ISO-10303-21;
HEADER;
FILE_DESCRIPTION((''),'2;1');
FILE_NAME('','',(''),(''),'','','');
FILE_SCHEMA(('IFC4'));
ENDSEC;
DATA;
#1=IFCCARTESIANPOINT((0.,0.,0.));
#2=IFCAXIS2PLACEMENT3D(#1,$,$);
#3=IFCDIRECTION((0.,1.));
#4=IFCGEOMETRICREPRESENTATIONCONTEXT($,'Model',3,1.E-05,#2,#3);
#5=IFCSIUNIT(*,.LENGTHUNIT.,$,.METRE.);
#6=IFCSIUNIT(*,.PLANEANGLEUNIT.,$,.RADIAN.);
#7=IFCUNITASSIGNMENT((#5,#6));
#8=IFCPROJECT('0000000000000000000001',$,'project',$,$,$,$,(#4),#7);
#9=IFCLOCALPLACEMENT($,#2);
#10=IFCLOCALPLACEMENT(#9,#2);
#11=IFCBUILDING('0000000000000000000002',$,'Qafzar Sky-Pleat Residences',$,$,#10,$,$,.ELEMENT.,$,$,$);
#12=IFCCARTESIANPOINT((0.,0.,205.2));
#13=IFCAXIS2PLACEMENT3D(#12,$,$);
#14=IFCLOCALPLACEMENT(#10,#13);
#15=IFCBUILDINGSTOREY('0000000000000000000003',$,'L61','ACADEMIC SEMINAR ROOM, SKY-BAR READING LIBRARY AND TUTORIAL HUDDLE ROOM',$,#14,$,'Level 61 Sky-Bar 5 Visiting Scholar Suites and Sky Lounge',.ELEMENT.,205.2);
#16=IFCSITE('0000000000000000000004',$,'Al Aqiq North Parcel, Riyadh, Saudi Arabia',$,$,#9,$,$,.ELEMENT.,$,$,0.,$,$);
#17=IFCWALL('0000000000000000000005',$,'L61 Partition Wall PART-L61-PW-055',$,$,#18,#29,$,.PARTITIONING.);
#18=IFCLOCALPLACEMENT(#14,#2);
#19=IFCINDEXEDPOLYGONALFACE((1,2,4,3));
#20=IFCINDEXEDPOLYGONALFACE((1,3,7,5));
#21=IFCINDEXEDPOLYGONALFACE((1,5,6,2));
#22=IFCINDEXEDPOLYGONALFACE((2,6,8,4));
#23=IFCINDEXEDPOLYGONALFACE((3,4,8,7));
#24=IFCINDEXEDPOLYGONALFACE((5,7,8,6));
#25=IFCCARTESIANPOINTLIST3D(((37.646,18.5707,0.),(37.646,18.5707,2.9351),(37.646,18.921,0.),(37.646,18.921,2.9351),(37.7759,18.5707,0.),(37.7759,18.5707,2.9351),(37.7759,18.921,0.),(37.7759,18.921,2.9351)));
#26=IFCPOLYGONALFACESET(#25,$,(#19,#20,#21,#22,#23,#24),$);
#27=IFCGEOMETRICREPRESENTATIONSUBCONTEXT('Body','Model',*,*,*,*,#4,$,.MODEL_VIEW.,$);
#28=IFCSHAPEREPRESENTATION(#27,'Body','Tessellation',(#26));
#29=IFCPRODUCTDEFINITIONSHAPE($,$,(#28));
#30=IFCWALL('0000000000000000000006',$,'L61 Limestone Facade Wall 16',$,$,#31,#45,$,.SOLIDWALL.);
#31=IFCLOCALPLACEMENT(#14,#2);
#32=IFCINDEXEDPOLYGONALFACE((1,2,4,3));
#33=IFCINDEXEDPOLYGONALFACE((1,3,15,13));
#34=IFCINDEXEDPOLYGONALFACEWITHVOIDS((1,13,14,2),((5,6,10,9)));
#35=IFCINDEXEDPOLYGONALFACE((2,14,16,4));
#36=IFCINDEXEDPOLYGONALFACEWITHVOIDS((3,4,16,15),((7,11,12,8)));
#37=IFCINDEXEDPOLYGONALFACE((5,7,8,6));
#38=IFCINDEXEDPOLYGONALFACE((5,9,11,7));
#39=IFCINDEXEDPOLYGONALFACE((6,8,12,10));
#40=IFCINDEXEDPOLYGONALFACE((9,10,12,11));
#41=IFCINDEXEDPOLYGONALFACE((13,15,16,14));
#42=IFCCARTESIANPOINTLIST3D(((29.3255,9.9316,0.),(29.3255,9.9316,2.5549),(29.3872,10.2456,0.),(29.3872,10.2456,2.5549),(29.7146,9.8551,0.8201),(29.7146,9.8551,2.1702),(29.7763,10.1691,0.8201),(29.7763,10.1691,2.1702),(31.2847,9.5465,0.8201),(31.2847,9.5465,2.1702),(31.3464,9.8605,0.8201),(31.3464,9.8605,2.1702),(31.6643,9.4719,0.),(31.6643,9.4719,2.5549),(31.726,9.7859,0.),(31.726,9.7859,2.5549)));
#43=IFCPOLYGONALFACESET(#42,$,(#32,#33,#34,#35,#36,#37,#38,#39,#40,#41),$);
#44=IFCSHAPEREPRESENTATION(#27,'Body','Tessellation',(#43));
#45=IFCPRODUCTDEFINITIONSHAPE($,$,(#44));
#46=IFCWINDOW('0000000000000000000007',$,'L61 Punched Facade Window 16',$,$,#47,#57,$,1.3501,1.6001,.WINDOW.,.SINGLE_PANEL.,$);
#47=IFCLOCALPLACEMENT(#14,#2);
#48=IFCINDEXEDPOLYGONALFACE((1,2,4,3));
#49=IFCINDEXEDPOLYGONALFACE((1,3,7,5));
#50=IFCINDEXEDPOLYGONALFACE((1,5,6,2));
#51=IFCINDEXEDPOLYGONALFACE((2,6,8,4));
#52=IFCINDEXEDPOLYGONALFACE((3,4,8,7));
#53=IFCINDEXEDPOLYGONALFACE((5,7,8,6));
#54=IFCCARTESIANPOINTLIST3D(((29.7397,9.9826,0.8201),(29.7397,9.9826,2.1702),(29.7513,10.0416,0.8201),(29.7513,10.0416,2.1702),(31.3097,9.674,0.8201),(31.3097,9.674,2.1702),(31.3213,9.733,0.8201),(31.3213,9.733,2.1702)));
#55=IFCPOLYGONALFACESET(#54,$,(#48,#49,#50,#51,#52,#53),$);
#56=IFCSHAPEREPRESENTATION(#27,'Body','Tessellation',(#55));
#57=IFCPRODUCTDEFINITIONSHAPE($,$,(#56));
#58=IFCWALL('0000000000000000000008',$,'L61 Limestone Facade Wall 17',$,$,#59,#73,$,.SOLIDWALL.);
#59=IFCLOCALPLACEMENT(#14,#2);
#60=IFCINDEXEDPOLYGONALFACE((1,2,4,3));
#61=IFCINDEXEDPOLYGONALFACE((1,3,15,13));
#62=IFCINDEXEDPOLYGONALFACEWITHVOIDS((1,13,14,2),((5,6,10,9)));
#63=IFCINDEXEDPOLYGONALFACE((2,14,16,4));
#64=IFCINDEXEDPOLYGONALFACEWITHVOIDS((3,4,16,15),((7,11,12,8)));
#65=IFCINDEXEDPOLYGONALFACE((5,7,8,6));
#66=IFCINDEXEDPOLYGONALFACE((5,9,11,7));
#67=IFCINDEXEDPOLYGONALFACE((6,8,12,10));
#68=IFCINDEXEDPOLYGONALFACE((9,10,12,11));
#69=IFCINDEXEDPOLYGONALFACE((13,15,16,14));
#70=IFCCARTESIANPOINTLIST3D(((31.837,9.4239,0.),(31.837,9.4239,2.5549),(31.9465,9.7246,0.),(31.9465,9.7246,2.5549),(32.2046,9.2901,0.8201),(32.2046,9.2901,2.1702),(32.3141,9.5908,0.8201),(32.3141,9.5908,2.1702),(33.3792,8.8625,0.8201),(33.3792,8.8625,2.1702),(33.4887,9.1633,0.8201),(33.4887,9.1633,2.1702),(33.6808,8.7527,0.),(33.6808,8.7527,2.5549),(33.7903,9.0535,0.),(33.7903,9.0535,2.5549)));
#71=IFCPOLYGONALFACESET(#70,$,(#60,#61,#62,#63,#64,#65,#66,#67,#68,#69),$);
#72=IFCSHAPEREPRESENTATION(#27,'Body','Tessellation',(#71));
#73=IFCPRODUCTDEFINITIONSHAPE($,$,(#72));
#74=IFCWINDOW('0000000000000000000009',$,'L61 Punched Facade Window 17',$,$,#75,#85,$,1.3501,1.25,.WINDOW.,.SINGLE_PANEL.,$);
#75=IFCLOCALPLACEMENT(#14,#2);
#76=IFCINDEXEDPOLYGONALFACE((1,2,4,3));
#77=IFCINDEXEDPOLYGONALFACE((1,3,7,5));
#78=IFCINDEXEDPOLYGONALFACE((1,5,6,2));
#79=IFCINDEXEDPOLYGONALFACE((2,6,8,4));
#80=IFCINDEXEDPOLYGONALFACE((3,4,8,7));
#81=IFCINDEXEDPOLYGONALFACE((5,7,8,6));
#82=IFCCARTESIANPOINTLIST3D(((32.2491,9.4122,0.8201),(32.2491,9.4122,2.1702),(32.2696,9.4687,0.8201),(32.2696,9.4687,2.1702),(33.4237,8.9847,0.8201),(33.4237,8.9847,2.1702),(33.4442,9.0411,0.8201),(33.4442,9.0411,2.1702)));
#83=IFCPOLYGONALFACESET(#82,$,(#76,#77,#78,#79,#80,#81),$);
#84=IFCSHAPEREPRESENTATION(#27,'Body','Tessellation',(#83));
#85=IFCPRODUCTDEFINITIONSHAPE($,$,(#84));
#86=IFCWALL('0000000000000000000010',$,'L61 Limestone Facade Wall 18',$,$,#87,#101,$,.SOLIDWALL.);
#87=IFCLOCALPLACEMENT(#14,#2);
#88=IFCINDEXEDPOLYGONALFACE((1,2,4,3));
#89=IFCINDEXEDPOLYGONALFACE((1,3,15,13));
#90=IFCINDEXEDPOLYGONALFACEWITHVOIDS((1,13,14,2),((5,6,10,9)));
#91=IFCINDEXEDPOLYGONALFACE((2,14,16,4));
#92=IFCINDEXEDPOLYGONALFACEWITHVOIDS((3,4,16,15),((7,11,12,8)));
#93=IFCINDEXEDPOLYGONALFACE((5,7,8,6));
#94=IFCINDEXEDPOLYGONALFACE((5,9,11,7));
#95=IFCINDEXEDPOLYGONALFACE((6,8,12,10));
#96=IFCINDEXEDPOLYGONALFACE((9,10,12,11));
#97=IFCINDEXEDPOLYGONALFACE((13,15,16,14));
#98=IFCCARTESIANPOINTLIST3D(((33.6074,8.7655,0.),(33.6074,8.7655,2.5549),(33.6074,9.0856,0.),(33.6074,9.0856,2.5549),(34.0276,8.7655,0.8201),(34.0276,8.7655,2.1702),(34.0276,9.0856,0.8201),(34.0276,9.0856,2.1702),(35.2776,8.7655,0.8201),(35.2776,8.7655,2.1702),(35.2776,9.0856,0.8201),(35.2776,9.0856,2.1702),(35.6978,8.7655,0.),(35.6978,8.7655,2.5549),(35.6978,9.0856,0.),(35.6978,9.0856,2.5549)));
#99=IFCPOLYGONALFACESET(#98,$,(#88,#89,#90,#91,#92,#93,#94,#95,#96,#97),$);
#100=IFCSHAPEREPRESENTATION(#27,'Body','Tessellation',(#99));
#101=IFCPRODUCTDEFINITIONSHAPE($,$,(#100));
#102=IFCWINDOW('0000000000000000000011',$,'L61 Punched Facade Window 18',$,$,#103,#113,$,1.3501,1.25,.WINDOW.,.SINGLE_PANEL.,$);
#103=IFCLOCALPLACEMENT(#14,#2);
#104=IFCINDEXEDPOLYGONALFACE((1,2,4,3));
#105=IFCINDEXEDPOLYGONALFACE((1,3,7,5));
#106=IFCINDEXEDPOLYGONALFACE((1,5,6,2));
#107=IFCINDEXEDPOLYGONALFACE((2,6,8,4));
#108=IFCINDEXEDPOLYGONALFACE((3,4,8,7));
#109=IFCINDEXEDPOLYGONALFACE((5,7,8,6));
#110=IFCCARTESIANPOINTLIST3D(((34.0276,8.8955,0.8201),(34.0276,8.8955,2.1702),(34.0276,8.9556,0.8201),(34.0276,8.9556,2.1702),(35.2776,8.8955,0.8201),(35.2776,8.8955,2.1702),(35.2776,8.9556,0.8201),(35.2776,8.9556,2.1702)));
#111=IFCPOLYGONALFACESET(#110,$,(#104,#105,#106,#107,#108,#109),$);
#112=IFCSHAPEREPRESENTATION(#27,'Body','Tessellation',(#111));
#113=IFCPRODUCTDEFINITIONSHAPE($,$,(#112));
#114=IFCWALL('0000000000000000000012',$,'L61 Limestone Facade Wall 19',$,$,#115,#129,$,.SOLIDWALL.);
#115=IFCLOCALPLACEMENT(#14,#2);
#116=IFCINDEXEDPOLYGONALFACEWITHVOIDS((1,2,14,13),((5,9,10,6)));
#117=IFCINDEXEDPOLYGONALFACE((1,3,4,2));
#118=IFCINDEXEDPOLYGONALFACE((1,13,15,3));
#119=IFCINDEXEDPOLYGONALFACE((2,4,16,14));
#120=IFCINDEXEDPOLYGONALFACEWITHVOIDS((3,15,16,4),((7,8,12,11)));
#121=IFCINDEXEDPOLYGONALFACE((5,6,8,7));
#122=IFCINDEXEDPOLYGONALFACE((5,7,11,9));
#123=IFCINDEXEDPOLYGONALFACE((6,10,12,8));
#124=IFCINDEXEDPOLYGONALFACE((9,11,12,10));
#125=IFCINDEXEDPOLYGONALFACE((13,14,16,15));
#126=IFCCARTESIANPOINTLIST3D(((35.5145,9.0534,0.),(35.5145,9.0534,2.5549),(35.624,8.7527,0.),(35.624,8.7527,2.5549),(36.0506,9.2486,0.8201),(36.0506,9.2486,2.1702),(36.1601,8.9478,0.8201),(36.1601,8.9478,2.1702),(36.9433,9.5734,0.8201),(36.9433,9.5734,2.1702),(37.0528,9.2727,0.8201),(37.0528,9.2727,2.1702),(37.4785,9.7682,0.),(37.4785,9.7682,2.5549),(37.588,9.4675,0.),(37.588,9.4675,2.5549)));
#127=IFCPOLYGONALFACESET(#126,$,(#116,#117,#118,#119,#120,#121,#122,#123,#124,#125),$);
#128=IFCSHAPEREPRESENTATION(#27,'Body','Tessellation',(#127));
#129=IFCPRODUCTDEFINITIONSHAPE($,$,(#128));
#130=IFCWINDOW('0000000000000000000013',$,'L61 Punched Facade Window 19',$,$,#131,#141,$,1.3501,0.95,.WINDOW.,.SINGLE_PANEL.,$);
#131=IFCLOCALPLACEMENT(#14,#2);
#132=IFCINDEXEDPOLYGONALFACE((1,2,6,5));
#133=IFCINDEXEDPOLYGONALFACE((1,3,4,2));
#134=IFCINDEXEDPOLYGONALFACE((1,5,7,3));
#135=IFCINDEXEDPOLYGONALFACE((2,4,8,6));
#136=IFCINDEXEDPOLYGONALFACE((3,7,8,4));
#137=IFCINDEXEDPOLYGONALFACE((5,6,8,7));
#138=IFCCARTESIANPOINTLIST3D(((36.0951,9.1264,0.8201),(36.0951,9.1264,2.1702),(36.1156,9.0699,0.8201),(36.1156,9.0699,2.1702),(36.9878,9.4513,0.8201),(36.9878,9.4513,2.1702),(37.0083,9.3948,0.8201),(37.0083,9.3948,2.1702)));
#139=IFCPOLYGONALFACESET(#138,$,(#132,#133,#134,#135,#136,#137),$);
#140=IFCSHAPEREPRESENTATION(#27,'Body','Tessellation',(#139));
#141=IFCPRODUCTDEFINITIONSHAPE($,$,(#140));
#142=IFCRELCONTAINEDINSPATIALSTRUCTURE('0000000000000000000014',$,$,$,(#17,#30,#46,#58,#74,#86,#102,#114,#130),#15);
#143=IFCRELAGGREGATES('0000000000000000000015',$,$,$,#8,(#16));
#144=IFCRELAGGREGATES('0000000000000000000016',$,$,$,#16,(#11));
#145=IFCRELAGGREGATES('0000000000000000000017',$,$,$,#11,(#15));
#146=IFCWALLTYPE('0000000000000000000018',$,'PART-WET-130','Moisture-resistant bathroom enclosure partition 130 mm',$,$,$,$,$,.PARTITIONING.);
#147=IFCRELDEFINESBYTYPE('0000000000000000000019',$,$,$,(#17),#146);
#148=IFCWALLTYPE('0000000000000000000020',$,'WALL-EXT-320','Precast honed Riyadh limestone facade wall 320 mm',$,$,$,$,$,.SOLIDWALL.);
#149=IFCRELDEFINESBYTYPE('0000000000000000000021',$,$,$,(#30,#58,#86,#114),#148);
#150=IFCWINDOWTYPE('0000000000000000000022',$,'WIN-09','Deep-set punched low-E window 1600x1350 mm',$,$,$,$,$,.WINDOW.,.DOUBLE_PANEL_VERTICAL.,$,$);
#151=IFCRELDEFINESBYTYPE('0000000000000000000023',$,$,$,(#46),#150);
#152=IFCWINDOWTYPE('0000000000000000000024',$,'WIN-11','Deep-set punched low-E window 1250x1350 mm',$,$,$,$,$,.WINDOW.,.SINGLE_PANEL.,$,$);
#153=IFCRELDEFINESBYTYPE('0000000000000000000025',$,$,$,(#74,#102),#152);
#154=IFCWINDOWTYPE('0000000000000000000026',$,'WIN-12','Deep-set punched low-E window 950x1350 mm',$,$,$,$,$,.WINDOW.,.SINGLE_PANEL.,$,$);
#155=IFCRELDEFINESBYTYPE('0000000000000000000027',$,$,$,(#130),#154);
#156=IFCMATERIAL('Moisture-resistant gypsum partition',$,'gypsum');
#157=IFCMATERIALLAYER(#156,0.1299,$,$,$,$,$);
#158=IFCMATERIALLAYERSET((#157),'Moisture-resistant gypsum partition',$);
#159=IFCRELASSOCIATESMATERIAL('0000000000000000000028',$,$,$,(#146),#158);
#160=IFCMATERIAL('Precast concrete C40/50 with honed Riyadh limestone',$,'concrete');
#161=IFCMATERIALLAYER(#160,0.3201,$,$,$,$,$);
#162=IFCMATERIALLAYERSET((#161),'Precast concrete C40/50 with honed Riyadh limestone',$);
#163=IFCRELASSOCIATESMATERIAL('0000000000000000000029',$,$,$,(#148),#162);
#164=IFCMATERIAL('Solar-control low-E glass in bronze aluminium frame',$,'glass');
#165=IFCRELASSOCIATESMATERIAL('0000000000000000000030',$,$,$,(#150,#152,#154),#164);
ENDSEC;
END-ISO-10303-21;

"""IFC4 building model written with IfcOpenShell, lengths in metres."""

from ifc_helpers import new_model, si_unit, direction, frame, frame_2d, origin, place, context, subcontext, project, spatial, rectangle, extrude, source, transform, mapped, material, layer, layer_set, type_object, element, fill, save


model = new_model("IFC4")

# Units and contexts
model_context = context("Model", 3, precision=1e-05, world=origin(), true_north=direction((0.0, 1.0)))
body_context = subcontext(model_context, "Body", "Model", "MODEL_VIEW")
ifc_project = project(units=[si_unit("LENGTHUNIT", "METRE"), si_unit("PLANEANGLEUNIT", "RADIAN")], contexts=[model_context])

# Site, building, storey
site_placement = place(None, origin())
site = spatial("IfcSite", under=ifc_project, at=site_placement, Name="Al Aqiq North Parcel, Riyadh, Saudi Arabia", CompositionType="ELEMENT", RefElevation=0.0)
building_placement = place(site_placement, origin())
building = spatial("IfcBuilding", under=site, at=building_placement, Name="Qafzar Sky-Pleat Residences", CompositionType="ELEMENT")
storey_placement = place(building_placement, frame((0.0, 0.0, 205.2)))
storey = spatial("IfcBuildingStorey", under=building, at=storey_placement, Name="L61", Description="ACADEMIC SEMINAR ROOM, SKY-BAR READING LIBRARY AND TUTORIAL HUDDLE ROOM", LongName="Level 61 Sky-Bar 5 Visiting Scholar Suites and Sky Lounge", CompositionType="ELEMENT", Elevation=205.2)

# Wall
ifc_material_1 = material(Name="Moisture-resistant gypsum partition", Category="gypsum")
ifc_layer_1 = layer(ifc_material_1, 0.1299)
ifc_layer_set_1 = layer_set([ifc_layer_1], Name="Moisture-resistant gypsum partition")
wall_type_1 = type_object("IfcWallType", Name="PART-WET-130", Description="Moisture-resistant bathroom enclosure partition 130 mm", PredefinedType="PARTITIONING", material=ifc_layer_set_1)
wall_1_placement = place(storey_placement, frame((37.7109, 18.5706, 0.0), z_axis=(0.0, 0.0, 1.0), x_axis=(0.0, 1.0, 0.0)))
element("IfcWall", 1, at=wall_1_placement, inside=storey, type_object=wall_type_1, Name="L61 Partition Wall PART-L61-PW-055", PredefinedType="PARTITIONING", context=body_context, shape_type="SweptSolid", body=[
    extrude(rectangle(XDim=0.3503, YDim=0.1299, at=frame_2d((0.1753, 0.0))), origin(), (0.0, 0.0, 1.0), 2.9351),
])

# Walls, openings, windows
ifc_material_2 = material(Name="Precast concrete C40/50 with honed Riyadh limestone", Category="concrete")
ifc_layer_2 = layer(ifc_material_2, 0.3201)
ifc_layer_set_2 = layer_set([ifc_layer_2], Name="Precast concrete C40/50 with honed Riyadh limestone")
wall_type_2 = type_object("IfcWallType", Name="WALL-EXT-320", Description="Precast honed Riyadh limestone facade wall 320 mm", PredefinedType="SOLIDWALL", material=ifc_layer_set_2)
wall_2_placement = place(storey_placement, frame((29.3562, 10.0886, 0.0), z_axis=(0.0, 0.0, 1.0), x_axis=(0.981225, -0.192865, 0.0)))
wall_2 = element("IfcWall", 2, at=wall_2_placement, inside=storey, type_object=wall_type_2, Name="L61 Limestone Facade Wall 16", PredefinedType="SOLIDWALL", context=body_context, shape_type="SweptSolid", body=[
    extrude(rectangle(XDim=2.3835, YDim=0.3201, at=frame_2d((1.1919, 0.0))), origin(), (0.0, 0.0, 1.0), 2.5549),
])
opening_1_placement = place(wall_2_placement, frame((0.3967, 0.0, 0.8201)))
opening_1 = element("IfcOpeningElement", 3, at=opening_1_placement, cuts=wall_2, PredefinedType="OPENING", context=body_context, shape_type="SweptSolid", body=[
    extrude(rectangle(XDim=1.6001, YDim=1.3501, at=frame_2d((0.8, 0.675))), frame((0.0, 0.1699, 0.0), z_axis=(0.0, -1.0, 0.0), x_axis=(1.0, 0.0, 0.0)), (0.0, 0.0, 1.0), 0.3401),
])
ifc_material_3 = material(Name="Solar-control low-E glass in bronze aluminium frame", Category="glass")
window_type_1 = type_object("IfcWindowType", Name="WIN-09", Description="Deep-set punched low-E window 1600x1350 mm", PartitioningType="DOUBLE_PANEL_VERTICAL", PredefinedType="WINDOW", material=ifc_material_3)
shared_shape_1 = source(origin(), body_context, "Body", "SweptSolid", [
    extrude(rectangle(XDim=1.6001, YDim=1.3501, at=frame_2d((0.8, 0.675))), frame((0.0, 0.03, 0.0), z_axis=(0.0, -1.0, 0.0), x_axis=(1.0, 0.0, 0.0)), (0.0, 0.0, 1.0), 0.0601),
])
window_1_placement = place(opening_1_placement, origin())
window_1 = element("IfcWindow", 4, at=window_1_placement, inside=storey, type_object=window_type_1, Name="L61 Punched Facade Window 16", OverallHeight=1.3501, OverallWidth=1.6001, PartitioningType="SINGLE_PANEL", PredefinedType="WINDOW", context=body_context, shape_type="MappedRepresentation", body=[
    mapped(shared_shape_1, transform((0.0, 0.0, 0.0), x_axis=(1.0, 0.0, 0.0), y_axis=(0.0, 1.0, 0.0), z_axis=(0.0, 0.0, 1.0), scale=1.0)),
])
fill(opening_1, window_1)
wall_3_placement = place(storey_placement, frame((31.8918, 9.5742, 0.0), z_axis=(0.0, 0.0, 1.0), x_axis=(0.939681, -0.342053, 0.0)))
wall_3 = element("IfcWall", 5, at=wall_3_placement, inside=storey, type_object=wall_type_2, Name="L61 Limestone Facade Wall 17", PredefinedType="SOLIDWALL", context=body_context, shape_type="SweptSolid", body=[
    extrude(rectangle(XDim=1.9622, YDim=0.3201, at=frame_2d((0.981, 0.0))), origin(), (0.0, 0.0, 1.0), 2.5549),
])
opening_2_placement = place(wall_3_placement, frame((0.3911, 0.0, 0.8201)))
opening_2 = element("IfcOpeningElement", 6, at=opening_2_placement, cuts=wall_3, PredefinedType="OPENING", context=body_context, shape_type="SweptSolid", body=[
    extrude(rectangle(XDim=1.25, YDim=1.3501, at=frame_2d((0.625, 0.675))), frame((0.0, 0.1699, 0.0), z_axis=(0.0, -1.0, 0.0), x_axis=(1.0, 0.0, 0.0)), (0.0, 0.0, 1.0), 0.3401),
])
window_type_2 = type_object("IfcWindowType", Name="WIN-11", Description="Deep-set punched low-E window 1250x1350 mm", PartitioningType="SINGLE_PANEL", PredefinedType="WINDOW", material=ifc_material_3)
shared_shape_2 = source(origin(), body_context, "Body", "SweptSolid", [
    extrude(rectangle(XDim=1.25, YDim=1.3501, at=frame_2d((0.625, 0.675))), frame((0.0, 0.03, 0.0), z_axis=(0.0, -1.0, 0.0), x_axis=(1.0, 0.0, 0.0)), (0.0, 0.0, 1.0), 0.0601),
])
window_2_placement = place(opening_2_placement, origin())
window_2 = element("IfcWindow", 7, at=window_2_placement, inside=storey, type_object=window_type_2, Name="L61 Punched Facade Window 17", OverallHeight=1.3501, OverallWidth=1.25, PartitioningType="SINGLE_PANEL", PredefinedType="WINDOW", context=body_context, shape_type="MappedRepresentation", body=[
    mapped(shared_shape_2, transform((0.0, 0.0, 0.0), x_axis=(1.0, 0.0, 0.0), y_axis=(0.0, 1.0, 0.0), z_axis=(0.0, 0.0, 1.0), scale=1.0)),
])
fill(opening_2, window_2)
wall_4_placement = place(storey_placement, frame((33.6074, 8.9255, 0.0), z_axis=(0.0, 0.0, 1.0), x_axis=(1.0, 0.0, 0.0)))
wall_4 = element("IfcWall", 8, at=wall_4_placement, inside=storey, type_object=wall_type_2, Name="L61 Limestone Facade Wall 18", PredefinedType="SOLIDWALL", context=body_context, shape_type="SweptSolid", body=[
    extrude(rectangle(XDim=2.0903, YDim=0.3201, at=frame_2d((1.0452, 0.0))), origin(), (0.0, 0.0, 1.0), 2.5549),
])
opening_3_placement = place(wall_4_placement, frame((0.4202, 0.0, 0.8201)))
opening_3 = element("IfcOpeningElement", 9, at=opening_3_placement, cuts=wall_4, PredefinedType="OPENING", context=body_context, shape_type="SweptSolid", body=[
    extrude(rectangle(XDim=1.25, YDim=1.3501, at=frame_2d((0.625, 0.675))), frame((0.0, 0.1699, 0.0), z_axis=(0.0, -1.0, 0.0), x_axis=(1.0, 0.0, 0.0)), (0.0, 0.0, 1.0), 0.3401),
])
window_3_placement = place(opening_3_placement, origin())
window_3 = element("IfcWindow", 10, at=window_3_placement, inside=storey, type_object=window_type_2, Name="L61 Punched Facade Window 18", OverallHeight=1.3501, OverallWidth=1.25, PartitioningType="SINGLE_PANEL", PredefinedType="WINDOW", context=body_context, shape_type="MappedRepresentation", body=[
    mapped(shared_shape_2, transform((0.0, 0.0, 0.0), x_axis=(1.0, 0.0, 0.0), y_axis=(0.0, 1.0, 0.0), z_axis=(0.0, 0.0, 1.0), scale=1.0)),
])
fill(opening_3, window_3)
wall_5_placement = place(storey_placement, frame((35.5693, 8.9031, 0.0), z_axis=(0.0, 0.0, 1.0), x_axis=(0.939698, 0.342006, 0.0)))
wall_5 = element("IfcWall", 11, at=wall_5_placement, inside=storey, type_object=wall_type_2, Name="L61 Limestone Facade Wall 19", PredefinedType="SOLIDWALL", context=body_context, shape_type="SweptSolid", body=[
    extrude(rectangle(XDim=2.0901, YDim=0.3201, at=frame_2d((1.0449, 0.0))), origin(), (0.0, 0.0, 1.0), 2.5549),
])
opening_4_placement = place(wall_5_placement, frame((0.5703, 0.0, 0.8201)))
opening_4 = element("IfcOpeningElement", 12, at=opening_4_placement, cuts=wall_5, PredefinedType="OPENING", context=body_context, shape_type="SweptSolid", body=[
    extrude(rectangle(XDim=0.95, YDim=1.3501, at=frame_2d((0.4751, 0.675))), frame((0.0, 0.1699, 0.0), z_axis=(0.0, -1.0, 0.0), x_axis=(1.0, 0.0, 0.0)), (0.0, 0.0, 1.0), 0.3401),
])
window_type_3 = type_object("IfcWindowType", Name="WIN-12", Description="Deep-set punched low-E window 950x1350 mm", PartitioningType="SINGLE_PANEL", PredefinedType="WINDOW", material=ifc_material_3)
shared_shape_3 = source(origin(), body_context, "Body", "SweptSolid", [
    extrude(rectangle(XDim=0.95, YDim=1.3501, at=frame_2d((0.4751, 0.675))), frame((0.0, 0.03, 0.0), z_axis=(0.0, -1.0, 0.0), x_axis=(1.0, 0.0, 0.0)), (0.0, 0.0, 1.0), 0.0601),
])
window_4_placement = place(opening_4_placement, origin())
window_4 = element("IfcWindow", 13, at=window_4_placement, inside=storey, type_object=window_type_3, Name="L61 Punched Facade Window 19", OverallHeight=1.3501, OverallWidth=0.95, PartitioningType="SINGLE_PANEL", PredefinedType="WINDOW", context=body_context, shape_type="MappedRepresentation", body=[
    mapped(shared_shape_3, transform((0.0, 0.0, 0.0), x_axis=(1.0, 0.0, 0.0), y_axis=(0.0, 1.0, 0.0), z_axis=(0.0, 0.0, 1.0), scale=1.0)),
])
fill(opening_4, window_4)

save(model, "model.ifc")
